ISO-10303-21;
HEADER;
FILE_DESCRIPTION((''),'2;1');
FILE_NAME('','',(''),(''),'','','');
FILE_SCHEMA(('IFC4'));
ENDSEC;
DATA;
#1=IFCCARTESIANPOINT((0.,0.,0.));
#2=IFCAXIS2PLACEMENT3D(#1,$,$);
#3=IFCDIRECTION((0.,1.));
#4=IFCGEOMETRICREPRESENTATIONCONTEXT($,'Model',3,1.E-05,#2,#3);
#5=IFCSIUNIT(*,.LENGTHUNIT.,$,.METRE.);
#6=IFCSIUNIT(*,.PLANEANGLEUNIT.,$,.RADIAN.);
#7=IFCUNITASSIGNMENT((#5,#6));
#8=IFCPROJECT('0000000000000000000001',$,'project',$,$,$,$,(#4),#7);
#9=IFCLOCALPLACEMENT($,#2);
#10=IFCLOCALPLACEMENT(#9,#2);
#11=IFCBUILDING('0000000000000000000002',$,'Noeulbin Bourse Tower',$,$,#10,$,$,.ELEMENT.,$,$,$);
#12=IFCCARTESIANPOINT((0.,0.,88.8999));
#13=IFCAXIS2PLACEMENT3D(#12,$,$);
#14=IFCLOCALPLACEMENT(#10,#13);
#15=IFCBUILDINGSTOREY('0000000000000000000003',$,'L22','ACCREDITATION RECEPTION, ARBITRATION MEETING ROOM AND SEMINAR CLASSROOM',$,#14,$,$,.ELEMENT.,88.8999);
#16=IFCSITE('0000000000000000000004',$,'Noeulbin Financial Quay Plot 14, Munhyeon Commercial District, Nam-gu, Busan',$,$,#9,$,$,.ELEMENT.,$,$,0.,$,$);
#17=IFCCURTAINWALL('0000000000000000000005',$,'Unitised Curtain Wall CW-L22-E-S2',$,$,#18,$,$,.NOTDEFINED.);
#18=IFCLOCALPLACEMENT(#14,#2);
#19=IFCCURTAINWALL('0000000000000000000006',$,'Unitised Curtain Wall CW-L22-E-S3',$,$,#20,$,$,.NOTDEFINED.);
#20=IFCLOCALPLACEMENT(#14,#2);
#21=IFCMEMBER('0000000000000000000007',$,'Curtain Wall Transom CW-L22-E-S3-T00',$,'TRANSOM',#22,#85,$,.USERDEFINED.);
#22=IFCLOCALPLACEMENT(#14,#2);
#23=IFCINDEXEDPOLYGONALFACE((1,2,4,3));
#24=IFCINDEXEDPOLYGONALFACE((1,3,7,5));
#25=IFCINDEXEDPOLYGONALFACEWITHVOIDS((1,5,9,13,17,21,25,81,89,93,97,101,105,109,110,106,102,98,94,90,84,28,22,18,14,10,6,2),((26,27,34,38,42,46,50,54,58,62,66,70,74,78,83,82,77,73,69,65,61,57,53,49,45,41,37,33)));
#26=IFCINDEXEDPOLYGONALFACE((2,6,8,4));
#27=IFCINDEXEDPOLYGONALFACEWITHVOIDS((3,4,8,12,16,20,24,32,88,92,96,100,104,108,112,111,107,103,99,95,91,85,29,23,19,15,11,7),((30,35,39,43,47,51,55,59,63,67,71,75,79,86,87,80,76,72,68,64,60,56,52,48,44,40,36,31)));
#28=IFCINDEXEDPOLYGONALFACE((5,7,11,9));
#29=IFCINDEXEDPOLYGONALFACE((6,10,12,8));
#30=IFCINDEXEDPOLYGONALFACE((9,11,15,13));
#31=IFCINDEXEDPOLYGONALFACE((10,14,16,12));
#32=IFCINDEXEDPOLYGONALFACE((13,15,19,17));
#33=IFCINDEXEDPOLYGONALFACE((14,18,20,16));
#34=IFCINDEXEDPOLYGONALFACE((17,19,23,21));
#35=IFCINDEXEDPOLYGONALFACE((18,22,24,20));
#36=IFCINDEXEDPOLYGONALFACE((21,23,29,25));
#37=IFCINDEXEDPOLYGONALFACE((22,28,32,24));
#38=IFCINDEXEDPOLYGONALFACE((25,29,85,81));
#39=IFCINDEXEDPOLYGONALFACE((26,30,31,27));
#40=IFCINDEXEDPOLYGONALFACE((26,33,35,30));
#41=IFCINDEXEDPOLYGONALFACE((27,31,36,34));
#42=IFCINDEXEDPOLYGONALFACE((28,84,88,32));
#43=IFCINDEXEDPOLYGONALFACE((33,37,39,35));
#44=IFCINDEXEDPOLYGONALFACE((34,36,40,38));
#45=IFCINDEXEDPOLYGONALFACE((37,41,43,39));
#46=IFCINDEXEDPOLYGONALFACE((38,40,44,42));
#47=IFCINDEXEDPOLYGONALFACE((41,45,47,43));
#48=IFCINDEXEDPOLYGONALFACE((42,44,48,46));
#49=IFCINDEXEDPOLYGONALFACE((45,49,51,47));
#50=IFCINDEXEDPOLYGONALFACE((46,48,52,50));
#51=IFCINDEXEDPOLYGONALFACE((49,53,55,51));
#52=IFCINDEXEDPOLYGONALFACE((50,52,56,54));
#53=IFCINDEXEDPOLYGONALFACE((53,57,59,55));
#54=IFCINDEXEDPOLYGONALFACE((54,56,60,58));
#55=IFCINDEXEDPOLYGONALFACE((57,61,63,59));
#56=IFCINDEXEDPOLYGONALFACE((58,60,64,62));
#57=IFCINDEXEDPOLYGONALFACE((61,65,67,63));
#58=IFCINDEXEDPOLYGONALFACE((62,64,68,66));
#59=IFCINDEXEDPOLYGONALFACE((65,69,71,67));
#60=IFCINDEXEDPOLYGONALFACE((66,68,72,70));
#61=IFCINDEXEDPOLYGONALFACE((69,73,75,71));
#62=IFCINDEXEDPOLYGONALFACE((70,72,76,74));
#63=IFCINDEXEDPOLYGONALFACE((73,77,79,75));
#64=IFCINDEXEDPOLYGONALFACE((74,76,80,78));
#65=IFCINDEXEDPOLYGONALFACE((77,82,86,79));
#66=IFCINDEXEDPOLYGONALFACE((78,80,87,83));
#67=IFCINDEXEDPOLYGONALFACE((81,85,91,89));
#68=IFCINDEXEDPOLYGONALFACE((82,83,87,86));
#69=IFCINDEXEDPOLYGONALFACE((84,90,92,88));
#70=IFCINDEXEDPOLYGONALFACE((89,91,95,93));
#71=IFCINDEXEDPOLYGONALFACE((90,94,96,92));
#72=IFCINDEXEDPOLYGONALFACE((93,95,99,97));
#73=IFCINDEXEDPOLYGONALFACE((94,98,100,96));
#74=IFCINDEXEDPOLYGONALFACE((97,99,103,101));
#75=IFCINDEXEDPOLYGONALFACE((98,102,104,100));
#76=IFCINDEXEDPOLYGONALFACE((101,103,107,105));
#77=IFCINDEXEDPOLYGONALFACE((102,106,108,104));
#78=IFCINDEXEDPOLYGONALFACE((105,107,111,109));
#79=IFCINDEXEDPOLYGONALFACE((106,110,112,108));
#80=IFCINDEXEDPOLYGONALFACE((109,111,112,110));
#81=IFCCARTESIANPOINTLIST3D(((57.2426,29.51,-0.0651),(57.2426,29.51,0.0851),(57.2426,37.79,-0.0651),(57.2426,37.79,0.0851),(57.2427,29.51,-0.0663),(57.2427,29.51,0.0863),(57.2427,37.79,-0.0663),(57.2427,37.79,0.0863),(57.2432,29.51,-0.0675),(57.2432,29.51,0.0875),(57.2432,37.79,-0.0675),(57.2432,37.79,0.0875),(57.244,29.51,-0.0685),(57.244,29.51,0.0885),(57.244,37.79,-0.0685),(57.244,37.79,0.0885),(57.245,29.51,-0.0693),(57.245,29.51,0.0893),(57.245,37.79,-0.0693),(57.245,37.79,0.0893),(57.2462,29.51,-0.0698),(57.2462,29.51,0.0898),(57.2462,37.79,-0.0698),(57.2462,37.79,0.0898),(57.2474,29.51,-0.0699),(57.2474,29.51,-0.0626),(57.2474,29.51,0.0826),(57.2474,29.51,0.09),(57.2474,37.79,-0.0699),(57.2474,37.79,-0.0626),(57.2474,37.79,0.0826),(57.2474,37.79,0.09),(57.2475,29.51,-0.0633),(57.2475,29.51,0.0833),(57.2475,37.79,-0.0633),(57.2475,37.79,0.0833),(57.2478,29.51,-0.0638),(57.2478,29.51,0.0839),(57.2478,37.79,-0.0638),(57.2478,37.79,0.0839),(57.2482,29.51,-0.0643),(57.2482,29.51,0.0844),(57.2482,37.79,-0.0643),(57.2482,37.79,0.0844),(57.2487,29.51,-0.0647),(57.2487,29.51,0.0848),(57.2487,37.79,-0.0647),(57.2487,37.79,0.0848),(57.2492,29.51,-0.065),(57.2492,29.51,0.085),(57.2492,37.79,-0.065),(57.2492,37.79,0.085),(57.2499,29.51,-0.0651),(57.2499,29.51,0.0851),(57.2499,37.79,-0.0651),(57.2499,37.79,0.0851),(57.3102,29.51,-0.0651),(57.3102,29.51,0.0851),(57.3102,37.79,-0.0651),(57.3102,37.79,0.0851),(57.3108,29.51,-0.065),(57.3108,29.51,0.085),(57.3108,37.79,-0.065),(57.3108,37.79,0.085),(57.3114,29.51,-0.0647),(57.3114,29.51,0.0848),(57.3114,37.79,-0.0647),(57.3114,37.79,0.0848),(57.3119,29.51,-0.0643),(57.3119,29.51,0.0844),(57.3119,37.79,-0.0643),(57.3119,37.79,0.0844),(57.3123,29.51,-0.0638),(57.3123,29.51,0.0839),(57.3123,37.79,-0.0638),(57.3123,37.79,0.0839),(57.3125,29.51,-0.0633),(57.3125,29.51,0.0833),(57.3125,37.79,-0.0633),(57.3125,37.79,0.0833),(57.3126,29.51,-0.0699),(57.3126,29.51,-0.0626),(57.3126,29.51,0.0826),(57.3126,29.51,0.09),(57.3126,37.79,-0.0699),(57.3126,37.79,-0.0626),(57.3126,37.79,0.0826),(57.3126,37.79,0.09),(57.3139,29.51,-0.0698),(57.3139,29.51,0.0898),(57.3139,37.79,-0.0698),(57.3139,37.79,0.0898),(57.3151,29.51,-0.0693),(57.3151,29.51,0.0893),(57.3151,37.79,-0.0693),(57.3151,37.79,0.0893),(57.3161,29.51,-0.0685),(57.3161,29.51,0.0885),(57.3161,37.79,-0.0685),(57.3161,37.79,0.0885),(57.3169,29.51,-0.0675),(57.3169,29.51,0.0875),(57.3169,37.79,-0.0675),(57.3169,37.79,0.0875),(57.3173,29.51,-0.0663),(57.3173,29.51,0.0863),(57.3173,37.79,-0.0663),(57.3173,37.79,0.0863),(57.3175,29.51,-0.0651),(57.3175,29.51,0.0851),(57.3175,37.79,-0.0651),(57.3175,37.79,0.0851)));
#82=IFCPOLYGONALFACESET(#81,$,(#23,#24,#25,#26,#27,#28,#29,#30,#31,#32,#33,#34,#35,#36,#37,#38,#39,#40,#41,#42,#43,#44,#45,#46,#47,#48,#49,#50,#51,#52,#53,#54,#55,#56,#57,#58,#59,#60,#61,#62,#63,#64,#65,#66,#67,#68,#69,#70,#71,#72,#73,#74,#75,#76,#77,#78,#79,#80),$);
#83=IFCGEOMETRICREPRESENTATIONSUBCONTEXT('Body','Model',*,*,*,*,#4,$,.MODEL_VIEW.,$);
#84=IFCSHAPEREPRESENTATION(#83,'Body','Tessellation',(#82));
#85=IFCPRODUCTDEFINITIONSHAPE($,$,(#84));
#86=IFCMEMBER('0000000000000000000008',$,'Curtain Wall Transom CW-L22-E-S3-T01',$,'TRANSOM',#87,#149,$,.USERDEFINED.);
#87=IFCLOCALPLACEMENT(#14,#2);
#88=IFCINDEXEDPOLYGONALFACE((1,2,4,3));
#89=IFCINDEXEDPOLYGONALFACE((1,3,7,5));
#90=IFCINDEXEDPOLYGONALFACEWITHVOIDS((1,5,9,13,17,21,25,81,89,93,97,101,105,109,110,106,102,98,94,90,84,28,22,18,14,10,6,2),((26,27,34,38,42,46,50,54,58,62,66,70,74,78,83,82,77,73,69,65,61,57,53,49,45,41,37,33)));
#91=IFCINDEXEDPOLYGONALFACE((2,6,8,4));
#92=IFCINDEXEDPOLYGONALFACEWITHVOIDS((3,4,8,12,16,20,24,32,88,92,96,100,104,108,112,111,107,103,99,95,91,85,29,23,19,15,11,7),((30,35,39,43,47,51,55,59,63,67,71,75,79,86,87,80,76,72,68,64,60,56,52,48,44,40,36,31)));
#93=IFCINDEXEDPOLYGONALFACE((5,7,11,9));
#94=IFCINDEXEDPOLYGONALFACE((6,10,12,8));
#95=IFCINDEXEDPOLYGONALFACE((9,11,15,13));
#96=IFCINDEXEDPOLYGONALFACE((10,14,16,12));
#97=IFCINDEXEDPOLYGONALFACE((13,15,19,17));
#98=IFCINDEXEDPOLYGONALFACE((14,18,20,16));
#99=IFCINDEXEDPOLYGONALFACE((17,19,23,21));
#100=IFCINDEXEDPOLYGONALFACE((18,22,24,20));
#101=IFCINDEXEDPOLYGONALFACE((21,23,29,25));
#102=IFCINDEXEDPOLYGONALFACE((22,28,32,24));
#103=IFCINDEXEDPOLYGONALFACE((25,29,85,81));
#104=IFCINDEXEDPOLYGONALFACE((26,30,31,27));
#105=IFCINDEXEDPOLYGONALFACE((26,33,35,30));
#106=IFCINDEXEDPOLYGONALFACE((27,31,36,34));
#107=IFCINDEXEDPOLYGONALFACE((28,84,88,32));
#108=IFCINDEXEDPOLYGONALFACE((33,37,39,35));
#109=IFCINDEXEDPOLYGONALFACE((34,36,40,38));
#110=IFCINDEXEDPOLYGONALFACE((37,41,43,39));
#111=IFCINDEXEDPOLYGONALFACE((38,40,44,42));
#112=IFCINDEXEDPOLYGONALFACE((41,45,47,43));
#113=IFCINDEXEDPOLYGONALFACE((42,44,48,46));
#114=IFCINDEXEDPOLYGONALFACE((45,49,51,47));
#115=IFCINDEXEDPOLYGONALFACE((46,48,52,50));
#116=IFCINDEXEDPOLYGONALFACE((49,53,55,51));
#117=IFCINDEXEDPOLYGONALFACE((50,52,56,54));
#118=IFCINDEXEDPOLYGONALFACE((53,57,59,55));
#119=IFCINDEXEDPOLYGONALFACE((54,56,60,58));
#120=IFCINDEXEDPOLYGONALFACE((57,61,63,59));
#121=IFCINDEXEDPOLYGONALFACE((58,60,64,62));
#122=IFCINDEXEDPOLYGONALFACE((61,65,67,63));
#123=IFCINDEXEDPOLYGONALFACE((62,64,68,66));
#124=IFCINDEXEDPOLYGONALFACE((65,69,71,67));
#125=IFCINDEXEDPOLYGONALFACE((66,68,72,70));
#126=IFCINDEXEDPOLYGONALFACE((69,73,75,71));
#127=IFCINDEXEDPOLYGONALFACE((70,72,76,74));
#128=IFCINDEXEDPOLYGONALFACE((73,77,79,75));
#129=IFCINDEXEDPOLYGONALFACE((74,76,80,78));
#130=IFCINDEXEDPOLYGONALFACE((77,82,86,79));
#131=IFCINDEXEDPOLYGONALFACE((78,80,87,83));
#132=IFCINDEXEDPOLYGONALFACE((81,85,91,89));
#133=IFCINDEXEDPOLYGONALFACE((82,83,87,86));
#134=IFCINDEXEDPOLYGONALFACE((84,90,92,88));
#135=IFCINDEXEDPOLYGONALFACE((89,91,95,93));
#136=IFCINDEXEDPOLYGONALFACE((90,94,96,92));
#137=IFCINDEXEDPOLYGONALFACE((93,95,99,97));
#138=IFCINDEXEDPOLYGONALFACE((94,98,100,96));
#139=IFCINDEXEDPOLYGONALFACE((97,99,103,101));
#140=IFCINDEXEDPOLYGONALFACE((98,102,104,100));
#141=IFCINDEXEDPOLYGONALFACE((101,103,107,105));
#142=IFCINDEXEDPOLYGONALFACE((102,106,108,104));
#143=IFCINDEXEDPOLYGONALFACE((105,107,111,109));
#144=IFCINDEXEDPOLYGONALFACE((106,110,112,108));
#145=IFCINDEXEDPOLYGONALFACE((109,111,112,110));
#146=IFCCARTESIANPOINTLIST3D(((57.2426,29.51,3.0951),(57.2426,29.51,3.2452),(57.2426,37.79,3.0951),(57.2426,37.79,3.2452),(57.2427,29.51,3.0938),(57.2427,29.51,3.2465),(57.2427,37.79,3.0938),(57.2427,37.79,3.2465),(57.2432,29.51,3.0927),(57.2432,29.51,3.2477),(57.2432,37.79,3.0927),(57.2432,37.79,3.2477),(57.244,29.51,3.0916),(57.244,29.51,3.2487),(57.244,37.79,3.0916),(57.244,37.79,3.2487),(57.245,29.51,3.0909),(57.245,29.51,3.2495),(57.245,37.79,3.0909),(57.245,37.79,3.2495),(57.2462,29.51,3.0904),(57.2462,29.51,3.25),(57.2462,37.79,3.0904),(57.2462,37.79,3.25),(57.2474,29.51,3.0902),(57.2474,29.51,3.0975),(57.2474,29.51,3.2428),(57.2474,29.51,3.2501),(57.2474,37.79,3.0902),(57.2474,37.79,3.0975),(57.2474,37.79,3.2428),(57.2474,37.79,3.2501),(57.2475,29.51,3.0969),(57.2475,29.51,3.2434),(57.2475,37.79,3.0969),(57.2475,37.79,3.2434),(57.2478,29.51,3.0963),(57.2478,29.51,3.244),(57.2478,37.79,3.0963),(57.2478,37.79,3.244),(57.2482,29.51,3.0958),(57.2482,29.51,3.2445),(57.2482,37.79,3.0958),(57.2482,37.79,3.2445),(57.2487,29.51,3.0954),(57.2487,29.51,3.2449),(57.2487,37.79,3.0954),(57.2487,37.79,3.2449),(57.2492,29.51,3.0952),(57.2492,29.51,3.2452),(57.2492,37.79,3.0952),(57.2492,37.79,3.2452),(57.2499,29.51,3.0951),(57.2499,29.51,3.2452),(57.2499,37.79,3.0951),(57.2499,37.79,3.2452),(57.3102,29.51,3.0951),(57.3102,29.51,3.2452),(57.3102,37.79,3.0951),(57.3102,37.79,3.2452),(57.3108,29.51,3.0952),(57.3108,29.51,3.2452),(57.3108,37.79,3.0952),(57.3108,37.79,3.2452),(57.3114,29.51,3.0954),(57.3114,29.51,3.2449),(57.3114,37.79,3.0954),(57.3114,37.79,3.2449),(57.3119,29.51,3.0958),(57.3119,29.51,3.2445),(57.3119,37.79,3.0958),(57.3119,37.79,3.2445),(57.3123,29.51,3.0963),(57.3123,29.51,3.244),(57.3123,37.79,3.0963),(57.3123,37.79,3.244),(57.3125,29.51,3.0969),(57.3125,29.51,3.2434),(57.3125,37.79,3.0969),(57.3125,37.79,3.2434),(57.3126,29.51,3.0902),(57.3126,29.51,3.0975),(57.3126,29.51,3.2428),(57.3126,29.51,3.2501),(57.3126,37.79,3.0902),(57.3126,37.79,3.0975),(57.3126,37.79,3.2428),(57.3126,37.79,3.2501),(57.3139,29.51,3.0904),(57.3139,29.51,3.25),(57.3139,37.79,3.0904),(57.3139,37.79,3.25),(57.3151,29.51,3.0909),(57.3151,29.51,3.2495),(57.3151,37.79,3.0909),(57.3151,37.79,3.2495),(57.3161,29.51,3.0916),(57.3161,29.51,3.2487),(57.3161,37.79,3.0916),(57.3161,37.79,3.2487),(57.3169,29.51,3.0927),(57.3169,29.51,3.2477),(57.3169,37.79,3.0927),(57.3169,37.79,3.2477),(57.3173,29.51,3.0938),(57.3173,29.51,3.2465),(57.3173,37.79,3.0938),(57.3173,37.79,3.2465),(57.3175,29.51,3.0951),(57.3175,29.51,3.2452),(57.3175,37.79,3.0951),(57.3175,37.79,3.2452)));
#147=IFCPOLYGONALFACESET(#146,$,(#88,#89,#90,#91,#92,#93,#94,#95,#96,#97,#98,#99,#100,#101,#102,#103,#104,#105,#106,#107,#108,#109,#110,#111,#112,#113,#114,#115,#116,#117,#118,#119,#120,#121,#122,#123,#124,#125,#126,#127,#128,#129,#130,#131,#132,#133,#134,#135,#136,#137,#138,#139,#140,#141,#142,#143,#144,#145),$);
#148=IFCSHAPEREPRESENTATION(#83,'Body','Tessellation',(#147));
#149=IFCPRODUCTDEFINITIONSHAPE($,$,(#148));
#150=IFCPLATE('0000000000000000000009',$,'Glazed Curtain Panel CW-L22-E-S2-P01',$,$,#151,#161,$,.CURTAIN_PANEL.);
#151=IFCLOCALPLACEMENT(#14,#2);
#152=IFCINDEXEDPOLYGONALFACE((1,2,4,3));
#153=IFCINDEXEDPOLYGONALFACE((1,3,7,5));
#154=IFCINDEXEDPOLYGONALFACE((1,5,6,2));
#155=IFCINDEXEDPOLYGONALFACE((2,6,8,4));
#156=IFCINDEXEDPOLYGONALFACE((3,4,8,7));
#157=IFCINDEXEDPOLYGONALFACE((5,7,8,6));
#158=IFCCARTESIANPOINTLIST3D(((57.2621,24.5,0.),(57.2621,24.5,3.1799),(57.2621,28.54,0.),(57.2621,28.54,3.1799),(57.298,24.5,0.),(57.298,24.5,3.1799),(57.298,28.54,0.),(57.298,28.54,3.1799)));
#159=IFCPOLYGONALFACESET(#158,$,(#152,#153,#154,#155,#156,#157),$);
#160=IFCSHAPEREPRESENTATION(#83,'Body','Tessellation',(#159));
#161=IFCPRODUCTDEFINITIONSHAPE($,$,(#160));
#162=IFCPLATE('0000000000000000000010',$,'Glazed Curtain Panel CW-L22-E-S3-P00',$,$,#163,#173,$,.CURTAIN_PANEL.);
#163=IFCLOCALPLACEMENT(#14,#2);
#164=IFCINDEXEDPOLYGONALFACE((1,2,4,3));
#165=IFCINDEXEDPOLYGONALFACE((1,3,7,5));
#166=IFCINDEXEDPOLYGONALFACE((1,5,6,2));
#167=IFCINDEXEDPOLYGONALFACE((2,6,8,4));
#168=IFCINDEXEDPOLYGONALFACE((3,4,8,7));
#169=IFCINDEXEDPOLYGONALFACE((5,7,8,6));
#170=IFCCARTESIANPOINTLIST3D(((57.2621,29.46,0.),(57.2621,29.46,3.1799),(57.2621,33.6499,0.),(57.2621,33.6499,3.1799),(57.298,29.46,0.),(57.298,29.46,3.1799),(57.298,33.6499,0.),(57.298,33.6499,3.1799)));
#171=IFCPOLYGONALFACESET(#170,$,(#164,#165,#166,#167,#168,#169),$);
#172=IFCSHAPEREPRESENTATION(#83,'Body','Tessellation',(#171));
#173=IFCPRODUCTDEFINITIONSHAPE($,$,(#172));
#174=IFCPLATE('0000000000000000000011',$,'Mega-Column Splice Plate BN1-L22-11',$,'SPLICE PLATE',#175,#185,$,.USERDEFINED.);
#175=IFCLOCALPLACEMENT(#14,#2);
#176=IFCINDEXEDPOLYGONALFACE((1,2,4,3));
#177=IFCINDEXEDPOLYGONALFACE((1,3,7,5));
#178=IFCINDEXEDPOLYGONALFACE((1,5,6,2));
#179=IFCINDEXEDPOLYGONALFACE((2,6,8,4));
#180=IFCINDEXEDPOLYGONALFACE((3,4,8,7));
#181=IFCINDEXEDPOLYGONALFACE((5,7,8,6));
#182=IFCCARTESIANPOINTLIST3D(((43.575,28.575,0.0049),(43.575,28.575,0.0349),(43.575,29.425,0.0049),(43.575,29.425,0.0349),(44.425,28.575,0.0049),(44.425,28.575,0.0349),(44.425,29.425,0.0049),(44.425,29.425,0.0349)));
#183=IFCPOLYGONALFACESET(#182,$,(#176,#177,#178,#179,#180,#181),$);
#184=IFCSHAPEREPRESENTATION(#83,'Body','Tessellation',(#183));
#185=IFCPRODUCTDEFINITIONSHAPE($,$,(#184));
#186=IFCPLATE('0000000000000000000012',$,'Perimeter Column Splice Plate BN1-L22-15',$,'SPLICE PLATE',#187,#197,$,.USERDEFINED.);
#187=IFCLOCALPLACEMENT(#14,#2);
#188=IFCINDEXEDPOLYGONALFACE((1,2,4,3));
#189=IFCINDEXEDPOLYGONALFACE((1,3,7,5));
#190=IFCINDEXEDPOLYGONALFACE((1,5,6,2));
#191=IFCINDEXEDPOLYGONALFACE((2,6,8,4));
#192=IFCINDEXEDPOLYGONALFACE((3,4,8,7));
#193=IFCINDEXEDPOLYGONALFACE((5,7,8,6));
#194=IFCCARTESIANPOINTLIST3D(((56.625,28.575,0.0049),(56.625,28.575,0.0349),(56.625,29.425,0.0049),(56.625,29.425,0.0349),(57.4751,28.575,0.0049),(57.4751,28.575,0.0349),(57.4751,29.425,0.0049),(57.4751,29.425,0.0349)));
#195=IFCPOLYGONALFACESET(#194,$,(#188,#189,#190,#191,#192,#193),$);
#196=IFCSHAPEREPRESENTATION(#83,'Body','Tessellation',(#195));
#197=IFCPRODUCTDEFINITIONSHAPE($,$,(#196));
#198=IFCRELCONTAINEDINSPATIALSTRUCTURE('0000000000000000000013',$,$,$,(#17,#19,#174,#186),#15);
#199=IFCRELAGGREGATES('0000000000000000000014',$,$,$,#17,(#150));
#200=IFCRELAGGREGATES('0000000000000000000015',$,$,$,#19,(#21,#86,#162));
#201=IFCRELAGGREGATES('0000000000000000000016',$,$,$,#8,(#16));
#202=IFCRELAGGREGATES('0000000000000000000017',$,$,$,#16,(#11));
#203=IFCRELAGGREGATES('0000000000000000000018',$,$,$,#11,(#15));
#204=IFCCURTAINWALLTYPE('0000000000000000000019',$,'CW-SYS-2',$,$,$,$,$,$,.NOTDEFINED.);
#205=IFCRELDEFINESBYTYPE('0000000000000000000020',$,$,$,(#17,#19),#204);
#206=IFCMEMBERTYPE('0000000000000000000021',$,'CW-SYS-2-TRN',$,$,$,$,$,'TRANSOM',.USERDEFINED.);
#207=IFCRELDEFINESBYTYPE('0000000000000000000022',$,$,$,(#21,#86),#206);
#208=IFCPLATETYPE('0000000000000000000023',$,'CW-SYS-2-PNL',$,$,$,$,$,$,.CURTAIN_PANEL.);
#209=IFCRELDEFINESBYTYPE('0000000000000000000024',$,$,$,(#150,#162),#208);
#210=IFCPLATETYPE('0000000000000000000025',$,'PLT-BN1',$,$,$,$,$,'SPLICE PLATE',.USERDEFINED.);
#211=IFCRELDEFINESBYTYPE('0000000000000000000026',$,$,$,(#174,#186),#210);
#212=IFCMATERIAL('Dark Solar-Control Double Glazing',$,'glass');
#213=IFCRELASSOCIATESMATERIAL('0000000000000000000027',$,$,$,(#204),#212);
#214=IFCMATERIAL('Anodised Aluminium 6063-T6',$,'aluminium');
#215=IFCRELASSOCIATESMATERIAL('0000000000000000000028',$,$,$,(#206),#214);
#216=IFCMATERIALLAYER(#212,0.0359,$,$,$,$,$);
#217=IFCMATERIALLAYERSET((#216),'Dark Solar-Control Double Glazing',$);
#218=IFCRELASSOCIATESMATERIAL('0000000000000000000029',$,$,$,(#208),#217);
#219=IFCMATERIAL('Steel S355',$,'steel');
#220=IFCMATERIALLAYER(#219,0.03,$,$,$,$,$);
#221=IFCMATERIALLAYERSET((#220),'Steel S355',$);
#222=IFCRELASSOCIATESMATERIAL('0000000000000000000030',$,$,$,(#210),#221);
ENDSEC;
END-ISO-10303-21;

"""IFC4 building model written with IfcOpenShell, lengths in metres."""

from ifc_helpers import new_model, si_unit, direction, frame, origin, origin_2d, place, context, subcontext, project, spatial, rectangle, hollow_rectangle, extrude, material, layer, layer_set, material_profile, profile_set, type_object, element, aggregate, save


model = new_model("IFC4")

# Units and contexts
model_context = context("Model", 3, precision=1e-05, world=origin(), true_north=direction((0.0, 1.0)))
body_context = subcontext(model_context, "Body", "Model", "MODEL_VIEW")
ifc_project = project(units=[si_unit("LENGTHUNIT", "METRE"), si_unit("PLANEANGLEUNIT", "RADIAN")], contexts=[model_context])

# Site, building, storey
site_placement = place(None, origin())
site = spatial("IfcSite", under=ifc_project, at=site_placement, Name="Noeulbin Financial Quay Plot 14, Munhyeon Commercial District, Nam-gu, Busan", CompositionType="ELEMENT", RefElevation=0.0)
building_placement = place(site_placement, origin())
building = spatial("IfcBuilding", under=site, at=building_placement, Name="Noeulbin Bourse Tower", CompositionType="ELEMENT")
storey_placement = place(building_placement, frame((0.0, 0.0, 88.8999)))
storey = spatial("IfcBuildingStorey", under=building, at=storey_placement, Name="L22", Description="ACCREDITATION RECEPTION, ARBITRATION MEETING ROOM AND SEMINAR CLASSROOM", CompositionType="ELEMENT", Elevation=88.8999)

# Shared definitions
ifc_material_1 = material(Name="Steel S355", Category="steel")

# Curtain walls, members
ifc_material_2 = material(Name="Dark Solar-Control Double Glazing", Category="glass")
curtain_wall_type = type_object("IfcCurtainWallType", Name="CW-SYS-2", PredefinedType="NOTDEFINED", material=ifc_material_2)
curtain_wall_1_placement = place(storey_placement, origin())
curtain_wall_1 = element("IfcCurtainWall", 1, at=curtain_wall_1_placement, inside=storey, type_object=curtain_wall_type, Name="Unitised Curtain Wall CW-L22-E-S2", PredefinedType="NOTDEFINED")
ifc_material_3 = material(Name="Anodised Aluminium 6063-T6", Category="aluminium")
curtain_wall_2_placement = place(storey_placement, origin())
curtain_wall_2 = element("IfcCurtainWall", 2, at=curtain_wall_2_placement, inside=storey, type_object=curtain_wall_type, Name="Unitised Curtain Wall CW-L22-E-S3", PredefinedType="NOTDEFINED")
ifc_material_profile_1 = material_profile(ifc_material_3, hollow_rectangle(XDim=0.075, YDim=0.1599, WallThickness=0.0049, InnerFilletRadius=0.0024, OuterFilletRadius=0.0049, at=origin_2d()), Name="ALU-TRAN-75x160x5", Category="LoadBearing")
ifc_profile_set_1 = profile_set([ifc_material_profile_1], Name="Anodised Aluminium 6063-T6")
member_type_1 = type_object("IfcMemberType", Name="CW-SYS-2-TRN", ElementType="TRANSOM", PredefinedType="USERDEFINED", material=ifc_profile_set_1)
member_1_placement = place(storey_placement, frame((57.28, 29.51, 0.01), z_axis=(0.0, 1.0, 0.0), x_axis=(-1.0, 0.0, 0.0)))
member_1 = element("IfcMember", 3, at=member_1_placement, type_object=member_type_1, Name="Curtain Wall Transom CW-L22-E-S3-T00", ObjectType="TRANSOM", PredefinedType="USERDEFINED", context=body_context, shape_type="SweptSolid", body=[
    extrude(hollow_rectangle(XDim=0.075, YDim=0.1599, WallThickness=0.0049, InnerFilletRadius=0.0024, OuterFilletRadius=0.0049, at=origin_2d()), origin(), (0.0, 0.0, 1.0), 8.28),
])
member_2_placement = place(storey_placement, frame((57.28, 29.51, 3.1702), z_axis=(0.0, 1.0, 0.0), x_axis=(-1.0, 0.0, 0.0)))
member_2 = element("IfcMember", 4, at=member_2_placement, type_object=member_type_1, Name="Curtain Wall Transom CW-L22-E-S3-T01", ObjectType="TRANSOM", PredefinedType="USERDEFINED", context=body_context, shape_type="SweptSolid", body=[
    extrude(hollow_rectangle(XDim=0.075, YDim=0.1599, WallThickness=0.0049, InnerFilletRadius=0.0024, OuterFilletRadius=0.0049, at=origin_2d()), origin(), (0.0, 0.0, 1.0), 8.28),
])

# Plates
ifc_layer_1 = layer(ifc_material_2, 0.0359)
ifc_layer_set_1 = layer_set([ifc_layer_1], Name="Dark Solar-Control Double Glazing")
plate_type_1 = type_object("IfcPlateType", Name="CW-SYS-2-PNL", PredefinedType="CURTAIN_PANEL", material=ifc_layer_set_1)
plate_1_placement = place(storey_placement, frame((57.28, 26.52, 0.0), z_axis=(0.0, 0.0, 1.0), x_axis=(0.0, 1.0, 0.0)))
plate_1 = element("IfcPlate", 5, at=plate_1_placement, type_object=plate_type_1, Name="Glazed Curtain Panel CW-L22-E-S2-P01", PredefinedType="CURTAIN_PANEL", context=body_context, shape_type="SweptSolid", body=[
    extrude(rectangle(XDim=4.04, YDim=0.0359, at=origin_2d()), origin(), (0.0, 0.0, 1.0), 3.1799),
])
aggregate(curtain_wall_1, [plate_1])
plate_2_placement = place(storey_placement, frame((57.28, 31.5549, 0.0), z_axis=(0.0, 0.0, 1.0), x_axis=(0.0, 1.0, 0.0)))
plate_2 = element("IfcPlate", 6, at=plate_2_placement, type_object=plate_type_1, Name="Glazed Curtain Panel CW-L22-E-S3-P00", PredefinedType="CURTAIN_PANEL", context=body_context, shape_type="SweptSolid", body=[
    extrude(rectangle(XDim=4.1899, YDim=0.0359, at=origin_2d()), origin(), (0.0, 0.0, 1.0), 3.1799),
])
aggregate(curtain_wall_2, [member_1, member_2, plate_2])

# Plates
ifc_layer_2 = layer(ifc_material_1, 0.03)
ifc_layer_set_2 = layer_set([ifc_layer_2], Name="Steel S355")
plate_type_2 = type_object("IfcPlateType", Name="PLT-BN1", ElementType="SPLICE PLATE", PredefinedType="USERDEFINED", material=ifc_layer_set_2)
for number, where, z_axis, x_axis, name in (
    (7, (44.0, 29.0, 0.0049), (0.0, 0.0, 1.0), (1.0, 0.0, 0.0), "Mega-Column Splice Plate BN1-L22-11"),
    (8, (57.05, 29.0, 0.0049), (0.0, 0.0, 1.0), (1.0, 0.0, 0.0), "Perimeter Column Splice Plate BN1-L22-15"),
):
    element("IfcPlate", number, at=place(storey_placement, frame(where, z_axis=z_axis, x_axis=x_axis)), inside=storey, type_object=plate_type_2, Name=name, ObjectType="SPLICE PLATE", PredefinedType="USERDEFINED", context=body_context, shape_type="SweptSolid", body=[
        extrude(rectangle(XDim=0.8501, YDim=0.8501, at=origin_2d()), origin(), (0.0, 0.0, 1.0), 0.03),
    ])

save(model, "model.ifc")
